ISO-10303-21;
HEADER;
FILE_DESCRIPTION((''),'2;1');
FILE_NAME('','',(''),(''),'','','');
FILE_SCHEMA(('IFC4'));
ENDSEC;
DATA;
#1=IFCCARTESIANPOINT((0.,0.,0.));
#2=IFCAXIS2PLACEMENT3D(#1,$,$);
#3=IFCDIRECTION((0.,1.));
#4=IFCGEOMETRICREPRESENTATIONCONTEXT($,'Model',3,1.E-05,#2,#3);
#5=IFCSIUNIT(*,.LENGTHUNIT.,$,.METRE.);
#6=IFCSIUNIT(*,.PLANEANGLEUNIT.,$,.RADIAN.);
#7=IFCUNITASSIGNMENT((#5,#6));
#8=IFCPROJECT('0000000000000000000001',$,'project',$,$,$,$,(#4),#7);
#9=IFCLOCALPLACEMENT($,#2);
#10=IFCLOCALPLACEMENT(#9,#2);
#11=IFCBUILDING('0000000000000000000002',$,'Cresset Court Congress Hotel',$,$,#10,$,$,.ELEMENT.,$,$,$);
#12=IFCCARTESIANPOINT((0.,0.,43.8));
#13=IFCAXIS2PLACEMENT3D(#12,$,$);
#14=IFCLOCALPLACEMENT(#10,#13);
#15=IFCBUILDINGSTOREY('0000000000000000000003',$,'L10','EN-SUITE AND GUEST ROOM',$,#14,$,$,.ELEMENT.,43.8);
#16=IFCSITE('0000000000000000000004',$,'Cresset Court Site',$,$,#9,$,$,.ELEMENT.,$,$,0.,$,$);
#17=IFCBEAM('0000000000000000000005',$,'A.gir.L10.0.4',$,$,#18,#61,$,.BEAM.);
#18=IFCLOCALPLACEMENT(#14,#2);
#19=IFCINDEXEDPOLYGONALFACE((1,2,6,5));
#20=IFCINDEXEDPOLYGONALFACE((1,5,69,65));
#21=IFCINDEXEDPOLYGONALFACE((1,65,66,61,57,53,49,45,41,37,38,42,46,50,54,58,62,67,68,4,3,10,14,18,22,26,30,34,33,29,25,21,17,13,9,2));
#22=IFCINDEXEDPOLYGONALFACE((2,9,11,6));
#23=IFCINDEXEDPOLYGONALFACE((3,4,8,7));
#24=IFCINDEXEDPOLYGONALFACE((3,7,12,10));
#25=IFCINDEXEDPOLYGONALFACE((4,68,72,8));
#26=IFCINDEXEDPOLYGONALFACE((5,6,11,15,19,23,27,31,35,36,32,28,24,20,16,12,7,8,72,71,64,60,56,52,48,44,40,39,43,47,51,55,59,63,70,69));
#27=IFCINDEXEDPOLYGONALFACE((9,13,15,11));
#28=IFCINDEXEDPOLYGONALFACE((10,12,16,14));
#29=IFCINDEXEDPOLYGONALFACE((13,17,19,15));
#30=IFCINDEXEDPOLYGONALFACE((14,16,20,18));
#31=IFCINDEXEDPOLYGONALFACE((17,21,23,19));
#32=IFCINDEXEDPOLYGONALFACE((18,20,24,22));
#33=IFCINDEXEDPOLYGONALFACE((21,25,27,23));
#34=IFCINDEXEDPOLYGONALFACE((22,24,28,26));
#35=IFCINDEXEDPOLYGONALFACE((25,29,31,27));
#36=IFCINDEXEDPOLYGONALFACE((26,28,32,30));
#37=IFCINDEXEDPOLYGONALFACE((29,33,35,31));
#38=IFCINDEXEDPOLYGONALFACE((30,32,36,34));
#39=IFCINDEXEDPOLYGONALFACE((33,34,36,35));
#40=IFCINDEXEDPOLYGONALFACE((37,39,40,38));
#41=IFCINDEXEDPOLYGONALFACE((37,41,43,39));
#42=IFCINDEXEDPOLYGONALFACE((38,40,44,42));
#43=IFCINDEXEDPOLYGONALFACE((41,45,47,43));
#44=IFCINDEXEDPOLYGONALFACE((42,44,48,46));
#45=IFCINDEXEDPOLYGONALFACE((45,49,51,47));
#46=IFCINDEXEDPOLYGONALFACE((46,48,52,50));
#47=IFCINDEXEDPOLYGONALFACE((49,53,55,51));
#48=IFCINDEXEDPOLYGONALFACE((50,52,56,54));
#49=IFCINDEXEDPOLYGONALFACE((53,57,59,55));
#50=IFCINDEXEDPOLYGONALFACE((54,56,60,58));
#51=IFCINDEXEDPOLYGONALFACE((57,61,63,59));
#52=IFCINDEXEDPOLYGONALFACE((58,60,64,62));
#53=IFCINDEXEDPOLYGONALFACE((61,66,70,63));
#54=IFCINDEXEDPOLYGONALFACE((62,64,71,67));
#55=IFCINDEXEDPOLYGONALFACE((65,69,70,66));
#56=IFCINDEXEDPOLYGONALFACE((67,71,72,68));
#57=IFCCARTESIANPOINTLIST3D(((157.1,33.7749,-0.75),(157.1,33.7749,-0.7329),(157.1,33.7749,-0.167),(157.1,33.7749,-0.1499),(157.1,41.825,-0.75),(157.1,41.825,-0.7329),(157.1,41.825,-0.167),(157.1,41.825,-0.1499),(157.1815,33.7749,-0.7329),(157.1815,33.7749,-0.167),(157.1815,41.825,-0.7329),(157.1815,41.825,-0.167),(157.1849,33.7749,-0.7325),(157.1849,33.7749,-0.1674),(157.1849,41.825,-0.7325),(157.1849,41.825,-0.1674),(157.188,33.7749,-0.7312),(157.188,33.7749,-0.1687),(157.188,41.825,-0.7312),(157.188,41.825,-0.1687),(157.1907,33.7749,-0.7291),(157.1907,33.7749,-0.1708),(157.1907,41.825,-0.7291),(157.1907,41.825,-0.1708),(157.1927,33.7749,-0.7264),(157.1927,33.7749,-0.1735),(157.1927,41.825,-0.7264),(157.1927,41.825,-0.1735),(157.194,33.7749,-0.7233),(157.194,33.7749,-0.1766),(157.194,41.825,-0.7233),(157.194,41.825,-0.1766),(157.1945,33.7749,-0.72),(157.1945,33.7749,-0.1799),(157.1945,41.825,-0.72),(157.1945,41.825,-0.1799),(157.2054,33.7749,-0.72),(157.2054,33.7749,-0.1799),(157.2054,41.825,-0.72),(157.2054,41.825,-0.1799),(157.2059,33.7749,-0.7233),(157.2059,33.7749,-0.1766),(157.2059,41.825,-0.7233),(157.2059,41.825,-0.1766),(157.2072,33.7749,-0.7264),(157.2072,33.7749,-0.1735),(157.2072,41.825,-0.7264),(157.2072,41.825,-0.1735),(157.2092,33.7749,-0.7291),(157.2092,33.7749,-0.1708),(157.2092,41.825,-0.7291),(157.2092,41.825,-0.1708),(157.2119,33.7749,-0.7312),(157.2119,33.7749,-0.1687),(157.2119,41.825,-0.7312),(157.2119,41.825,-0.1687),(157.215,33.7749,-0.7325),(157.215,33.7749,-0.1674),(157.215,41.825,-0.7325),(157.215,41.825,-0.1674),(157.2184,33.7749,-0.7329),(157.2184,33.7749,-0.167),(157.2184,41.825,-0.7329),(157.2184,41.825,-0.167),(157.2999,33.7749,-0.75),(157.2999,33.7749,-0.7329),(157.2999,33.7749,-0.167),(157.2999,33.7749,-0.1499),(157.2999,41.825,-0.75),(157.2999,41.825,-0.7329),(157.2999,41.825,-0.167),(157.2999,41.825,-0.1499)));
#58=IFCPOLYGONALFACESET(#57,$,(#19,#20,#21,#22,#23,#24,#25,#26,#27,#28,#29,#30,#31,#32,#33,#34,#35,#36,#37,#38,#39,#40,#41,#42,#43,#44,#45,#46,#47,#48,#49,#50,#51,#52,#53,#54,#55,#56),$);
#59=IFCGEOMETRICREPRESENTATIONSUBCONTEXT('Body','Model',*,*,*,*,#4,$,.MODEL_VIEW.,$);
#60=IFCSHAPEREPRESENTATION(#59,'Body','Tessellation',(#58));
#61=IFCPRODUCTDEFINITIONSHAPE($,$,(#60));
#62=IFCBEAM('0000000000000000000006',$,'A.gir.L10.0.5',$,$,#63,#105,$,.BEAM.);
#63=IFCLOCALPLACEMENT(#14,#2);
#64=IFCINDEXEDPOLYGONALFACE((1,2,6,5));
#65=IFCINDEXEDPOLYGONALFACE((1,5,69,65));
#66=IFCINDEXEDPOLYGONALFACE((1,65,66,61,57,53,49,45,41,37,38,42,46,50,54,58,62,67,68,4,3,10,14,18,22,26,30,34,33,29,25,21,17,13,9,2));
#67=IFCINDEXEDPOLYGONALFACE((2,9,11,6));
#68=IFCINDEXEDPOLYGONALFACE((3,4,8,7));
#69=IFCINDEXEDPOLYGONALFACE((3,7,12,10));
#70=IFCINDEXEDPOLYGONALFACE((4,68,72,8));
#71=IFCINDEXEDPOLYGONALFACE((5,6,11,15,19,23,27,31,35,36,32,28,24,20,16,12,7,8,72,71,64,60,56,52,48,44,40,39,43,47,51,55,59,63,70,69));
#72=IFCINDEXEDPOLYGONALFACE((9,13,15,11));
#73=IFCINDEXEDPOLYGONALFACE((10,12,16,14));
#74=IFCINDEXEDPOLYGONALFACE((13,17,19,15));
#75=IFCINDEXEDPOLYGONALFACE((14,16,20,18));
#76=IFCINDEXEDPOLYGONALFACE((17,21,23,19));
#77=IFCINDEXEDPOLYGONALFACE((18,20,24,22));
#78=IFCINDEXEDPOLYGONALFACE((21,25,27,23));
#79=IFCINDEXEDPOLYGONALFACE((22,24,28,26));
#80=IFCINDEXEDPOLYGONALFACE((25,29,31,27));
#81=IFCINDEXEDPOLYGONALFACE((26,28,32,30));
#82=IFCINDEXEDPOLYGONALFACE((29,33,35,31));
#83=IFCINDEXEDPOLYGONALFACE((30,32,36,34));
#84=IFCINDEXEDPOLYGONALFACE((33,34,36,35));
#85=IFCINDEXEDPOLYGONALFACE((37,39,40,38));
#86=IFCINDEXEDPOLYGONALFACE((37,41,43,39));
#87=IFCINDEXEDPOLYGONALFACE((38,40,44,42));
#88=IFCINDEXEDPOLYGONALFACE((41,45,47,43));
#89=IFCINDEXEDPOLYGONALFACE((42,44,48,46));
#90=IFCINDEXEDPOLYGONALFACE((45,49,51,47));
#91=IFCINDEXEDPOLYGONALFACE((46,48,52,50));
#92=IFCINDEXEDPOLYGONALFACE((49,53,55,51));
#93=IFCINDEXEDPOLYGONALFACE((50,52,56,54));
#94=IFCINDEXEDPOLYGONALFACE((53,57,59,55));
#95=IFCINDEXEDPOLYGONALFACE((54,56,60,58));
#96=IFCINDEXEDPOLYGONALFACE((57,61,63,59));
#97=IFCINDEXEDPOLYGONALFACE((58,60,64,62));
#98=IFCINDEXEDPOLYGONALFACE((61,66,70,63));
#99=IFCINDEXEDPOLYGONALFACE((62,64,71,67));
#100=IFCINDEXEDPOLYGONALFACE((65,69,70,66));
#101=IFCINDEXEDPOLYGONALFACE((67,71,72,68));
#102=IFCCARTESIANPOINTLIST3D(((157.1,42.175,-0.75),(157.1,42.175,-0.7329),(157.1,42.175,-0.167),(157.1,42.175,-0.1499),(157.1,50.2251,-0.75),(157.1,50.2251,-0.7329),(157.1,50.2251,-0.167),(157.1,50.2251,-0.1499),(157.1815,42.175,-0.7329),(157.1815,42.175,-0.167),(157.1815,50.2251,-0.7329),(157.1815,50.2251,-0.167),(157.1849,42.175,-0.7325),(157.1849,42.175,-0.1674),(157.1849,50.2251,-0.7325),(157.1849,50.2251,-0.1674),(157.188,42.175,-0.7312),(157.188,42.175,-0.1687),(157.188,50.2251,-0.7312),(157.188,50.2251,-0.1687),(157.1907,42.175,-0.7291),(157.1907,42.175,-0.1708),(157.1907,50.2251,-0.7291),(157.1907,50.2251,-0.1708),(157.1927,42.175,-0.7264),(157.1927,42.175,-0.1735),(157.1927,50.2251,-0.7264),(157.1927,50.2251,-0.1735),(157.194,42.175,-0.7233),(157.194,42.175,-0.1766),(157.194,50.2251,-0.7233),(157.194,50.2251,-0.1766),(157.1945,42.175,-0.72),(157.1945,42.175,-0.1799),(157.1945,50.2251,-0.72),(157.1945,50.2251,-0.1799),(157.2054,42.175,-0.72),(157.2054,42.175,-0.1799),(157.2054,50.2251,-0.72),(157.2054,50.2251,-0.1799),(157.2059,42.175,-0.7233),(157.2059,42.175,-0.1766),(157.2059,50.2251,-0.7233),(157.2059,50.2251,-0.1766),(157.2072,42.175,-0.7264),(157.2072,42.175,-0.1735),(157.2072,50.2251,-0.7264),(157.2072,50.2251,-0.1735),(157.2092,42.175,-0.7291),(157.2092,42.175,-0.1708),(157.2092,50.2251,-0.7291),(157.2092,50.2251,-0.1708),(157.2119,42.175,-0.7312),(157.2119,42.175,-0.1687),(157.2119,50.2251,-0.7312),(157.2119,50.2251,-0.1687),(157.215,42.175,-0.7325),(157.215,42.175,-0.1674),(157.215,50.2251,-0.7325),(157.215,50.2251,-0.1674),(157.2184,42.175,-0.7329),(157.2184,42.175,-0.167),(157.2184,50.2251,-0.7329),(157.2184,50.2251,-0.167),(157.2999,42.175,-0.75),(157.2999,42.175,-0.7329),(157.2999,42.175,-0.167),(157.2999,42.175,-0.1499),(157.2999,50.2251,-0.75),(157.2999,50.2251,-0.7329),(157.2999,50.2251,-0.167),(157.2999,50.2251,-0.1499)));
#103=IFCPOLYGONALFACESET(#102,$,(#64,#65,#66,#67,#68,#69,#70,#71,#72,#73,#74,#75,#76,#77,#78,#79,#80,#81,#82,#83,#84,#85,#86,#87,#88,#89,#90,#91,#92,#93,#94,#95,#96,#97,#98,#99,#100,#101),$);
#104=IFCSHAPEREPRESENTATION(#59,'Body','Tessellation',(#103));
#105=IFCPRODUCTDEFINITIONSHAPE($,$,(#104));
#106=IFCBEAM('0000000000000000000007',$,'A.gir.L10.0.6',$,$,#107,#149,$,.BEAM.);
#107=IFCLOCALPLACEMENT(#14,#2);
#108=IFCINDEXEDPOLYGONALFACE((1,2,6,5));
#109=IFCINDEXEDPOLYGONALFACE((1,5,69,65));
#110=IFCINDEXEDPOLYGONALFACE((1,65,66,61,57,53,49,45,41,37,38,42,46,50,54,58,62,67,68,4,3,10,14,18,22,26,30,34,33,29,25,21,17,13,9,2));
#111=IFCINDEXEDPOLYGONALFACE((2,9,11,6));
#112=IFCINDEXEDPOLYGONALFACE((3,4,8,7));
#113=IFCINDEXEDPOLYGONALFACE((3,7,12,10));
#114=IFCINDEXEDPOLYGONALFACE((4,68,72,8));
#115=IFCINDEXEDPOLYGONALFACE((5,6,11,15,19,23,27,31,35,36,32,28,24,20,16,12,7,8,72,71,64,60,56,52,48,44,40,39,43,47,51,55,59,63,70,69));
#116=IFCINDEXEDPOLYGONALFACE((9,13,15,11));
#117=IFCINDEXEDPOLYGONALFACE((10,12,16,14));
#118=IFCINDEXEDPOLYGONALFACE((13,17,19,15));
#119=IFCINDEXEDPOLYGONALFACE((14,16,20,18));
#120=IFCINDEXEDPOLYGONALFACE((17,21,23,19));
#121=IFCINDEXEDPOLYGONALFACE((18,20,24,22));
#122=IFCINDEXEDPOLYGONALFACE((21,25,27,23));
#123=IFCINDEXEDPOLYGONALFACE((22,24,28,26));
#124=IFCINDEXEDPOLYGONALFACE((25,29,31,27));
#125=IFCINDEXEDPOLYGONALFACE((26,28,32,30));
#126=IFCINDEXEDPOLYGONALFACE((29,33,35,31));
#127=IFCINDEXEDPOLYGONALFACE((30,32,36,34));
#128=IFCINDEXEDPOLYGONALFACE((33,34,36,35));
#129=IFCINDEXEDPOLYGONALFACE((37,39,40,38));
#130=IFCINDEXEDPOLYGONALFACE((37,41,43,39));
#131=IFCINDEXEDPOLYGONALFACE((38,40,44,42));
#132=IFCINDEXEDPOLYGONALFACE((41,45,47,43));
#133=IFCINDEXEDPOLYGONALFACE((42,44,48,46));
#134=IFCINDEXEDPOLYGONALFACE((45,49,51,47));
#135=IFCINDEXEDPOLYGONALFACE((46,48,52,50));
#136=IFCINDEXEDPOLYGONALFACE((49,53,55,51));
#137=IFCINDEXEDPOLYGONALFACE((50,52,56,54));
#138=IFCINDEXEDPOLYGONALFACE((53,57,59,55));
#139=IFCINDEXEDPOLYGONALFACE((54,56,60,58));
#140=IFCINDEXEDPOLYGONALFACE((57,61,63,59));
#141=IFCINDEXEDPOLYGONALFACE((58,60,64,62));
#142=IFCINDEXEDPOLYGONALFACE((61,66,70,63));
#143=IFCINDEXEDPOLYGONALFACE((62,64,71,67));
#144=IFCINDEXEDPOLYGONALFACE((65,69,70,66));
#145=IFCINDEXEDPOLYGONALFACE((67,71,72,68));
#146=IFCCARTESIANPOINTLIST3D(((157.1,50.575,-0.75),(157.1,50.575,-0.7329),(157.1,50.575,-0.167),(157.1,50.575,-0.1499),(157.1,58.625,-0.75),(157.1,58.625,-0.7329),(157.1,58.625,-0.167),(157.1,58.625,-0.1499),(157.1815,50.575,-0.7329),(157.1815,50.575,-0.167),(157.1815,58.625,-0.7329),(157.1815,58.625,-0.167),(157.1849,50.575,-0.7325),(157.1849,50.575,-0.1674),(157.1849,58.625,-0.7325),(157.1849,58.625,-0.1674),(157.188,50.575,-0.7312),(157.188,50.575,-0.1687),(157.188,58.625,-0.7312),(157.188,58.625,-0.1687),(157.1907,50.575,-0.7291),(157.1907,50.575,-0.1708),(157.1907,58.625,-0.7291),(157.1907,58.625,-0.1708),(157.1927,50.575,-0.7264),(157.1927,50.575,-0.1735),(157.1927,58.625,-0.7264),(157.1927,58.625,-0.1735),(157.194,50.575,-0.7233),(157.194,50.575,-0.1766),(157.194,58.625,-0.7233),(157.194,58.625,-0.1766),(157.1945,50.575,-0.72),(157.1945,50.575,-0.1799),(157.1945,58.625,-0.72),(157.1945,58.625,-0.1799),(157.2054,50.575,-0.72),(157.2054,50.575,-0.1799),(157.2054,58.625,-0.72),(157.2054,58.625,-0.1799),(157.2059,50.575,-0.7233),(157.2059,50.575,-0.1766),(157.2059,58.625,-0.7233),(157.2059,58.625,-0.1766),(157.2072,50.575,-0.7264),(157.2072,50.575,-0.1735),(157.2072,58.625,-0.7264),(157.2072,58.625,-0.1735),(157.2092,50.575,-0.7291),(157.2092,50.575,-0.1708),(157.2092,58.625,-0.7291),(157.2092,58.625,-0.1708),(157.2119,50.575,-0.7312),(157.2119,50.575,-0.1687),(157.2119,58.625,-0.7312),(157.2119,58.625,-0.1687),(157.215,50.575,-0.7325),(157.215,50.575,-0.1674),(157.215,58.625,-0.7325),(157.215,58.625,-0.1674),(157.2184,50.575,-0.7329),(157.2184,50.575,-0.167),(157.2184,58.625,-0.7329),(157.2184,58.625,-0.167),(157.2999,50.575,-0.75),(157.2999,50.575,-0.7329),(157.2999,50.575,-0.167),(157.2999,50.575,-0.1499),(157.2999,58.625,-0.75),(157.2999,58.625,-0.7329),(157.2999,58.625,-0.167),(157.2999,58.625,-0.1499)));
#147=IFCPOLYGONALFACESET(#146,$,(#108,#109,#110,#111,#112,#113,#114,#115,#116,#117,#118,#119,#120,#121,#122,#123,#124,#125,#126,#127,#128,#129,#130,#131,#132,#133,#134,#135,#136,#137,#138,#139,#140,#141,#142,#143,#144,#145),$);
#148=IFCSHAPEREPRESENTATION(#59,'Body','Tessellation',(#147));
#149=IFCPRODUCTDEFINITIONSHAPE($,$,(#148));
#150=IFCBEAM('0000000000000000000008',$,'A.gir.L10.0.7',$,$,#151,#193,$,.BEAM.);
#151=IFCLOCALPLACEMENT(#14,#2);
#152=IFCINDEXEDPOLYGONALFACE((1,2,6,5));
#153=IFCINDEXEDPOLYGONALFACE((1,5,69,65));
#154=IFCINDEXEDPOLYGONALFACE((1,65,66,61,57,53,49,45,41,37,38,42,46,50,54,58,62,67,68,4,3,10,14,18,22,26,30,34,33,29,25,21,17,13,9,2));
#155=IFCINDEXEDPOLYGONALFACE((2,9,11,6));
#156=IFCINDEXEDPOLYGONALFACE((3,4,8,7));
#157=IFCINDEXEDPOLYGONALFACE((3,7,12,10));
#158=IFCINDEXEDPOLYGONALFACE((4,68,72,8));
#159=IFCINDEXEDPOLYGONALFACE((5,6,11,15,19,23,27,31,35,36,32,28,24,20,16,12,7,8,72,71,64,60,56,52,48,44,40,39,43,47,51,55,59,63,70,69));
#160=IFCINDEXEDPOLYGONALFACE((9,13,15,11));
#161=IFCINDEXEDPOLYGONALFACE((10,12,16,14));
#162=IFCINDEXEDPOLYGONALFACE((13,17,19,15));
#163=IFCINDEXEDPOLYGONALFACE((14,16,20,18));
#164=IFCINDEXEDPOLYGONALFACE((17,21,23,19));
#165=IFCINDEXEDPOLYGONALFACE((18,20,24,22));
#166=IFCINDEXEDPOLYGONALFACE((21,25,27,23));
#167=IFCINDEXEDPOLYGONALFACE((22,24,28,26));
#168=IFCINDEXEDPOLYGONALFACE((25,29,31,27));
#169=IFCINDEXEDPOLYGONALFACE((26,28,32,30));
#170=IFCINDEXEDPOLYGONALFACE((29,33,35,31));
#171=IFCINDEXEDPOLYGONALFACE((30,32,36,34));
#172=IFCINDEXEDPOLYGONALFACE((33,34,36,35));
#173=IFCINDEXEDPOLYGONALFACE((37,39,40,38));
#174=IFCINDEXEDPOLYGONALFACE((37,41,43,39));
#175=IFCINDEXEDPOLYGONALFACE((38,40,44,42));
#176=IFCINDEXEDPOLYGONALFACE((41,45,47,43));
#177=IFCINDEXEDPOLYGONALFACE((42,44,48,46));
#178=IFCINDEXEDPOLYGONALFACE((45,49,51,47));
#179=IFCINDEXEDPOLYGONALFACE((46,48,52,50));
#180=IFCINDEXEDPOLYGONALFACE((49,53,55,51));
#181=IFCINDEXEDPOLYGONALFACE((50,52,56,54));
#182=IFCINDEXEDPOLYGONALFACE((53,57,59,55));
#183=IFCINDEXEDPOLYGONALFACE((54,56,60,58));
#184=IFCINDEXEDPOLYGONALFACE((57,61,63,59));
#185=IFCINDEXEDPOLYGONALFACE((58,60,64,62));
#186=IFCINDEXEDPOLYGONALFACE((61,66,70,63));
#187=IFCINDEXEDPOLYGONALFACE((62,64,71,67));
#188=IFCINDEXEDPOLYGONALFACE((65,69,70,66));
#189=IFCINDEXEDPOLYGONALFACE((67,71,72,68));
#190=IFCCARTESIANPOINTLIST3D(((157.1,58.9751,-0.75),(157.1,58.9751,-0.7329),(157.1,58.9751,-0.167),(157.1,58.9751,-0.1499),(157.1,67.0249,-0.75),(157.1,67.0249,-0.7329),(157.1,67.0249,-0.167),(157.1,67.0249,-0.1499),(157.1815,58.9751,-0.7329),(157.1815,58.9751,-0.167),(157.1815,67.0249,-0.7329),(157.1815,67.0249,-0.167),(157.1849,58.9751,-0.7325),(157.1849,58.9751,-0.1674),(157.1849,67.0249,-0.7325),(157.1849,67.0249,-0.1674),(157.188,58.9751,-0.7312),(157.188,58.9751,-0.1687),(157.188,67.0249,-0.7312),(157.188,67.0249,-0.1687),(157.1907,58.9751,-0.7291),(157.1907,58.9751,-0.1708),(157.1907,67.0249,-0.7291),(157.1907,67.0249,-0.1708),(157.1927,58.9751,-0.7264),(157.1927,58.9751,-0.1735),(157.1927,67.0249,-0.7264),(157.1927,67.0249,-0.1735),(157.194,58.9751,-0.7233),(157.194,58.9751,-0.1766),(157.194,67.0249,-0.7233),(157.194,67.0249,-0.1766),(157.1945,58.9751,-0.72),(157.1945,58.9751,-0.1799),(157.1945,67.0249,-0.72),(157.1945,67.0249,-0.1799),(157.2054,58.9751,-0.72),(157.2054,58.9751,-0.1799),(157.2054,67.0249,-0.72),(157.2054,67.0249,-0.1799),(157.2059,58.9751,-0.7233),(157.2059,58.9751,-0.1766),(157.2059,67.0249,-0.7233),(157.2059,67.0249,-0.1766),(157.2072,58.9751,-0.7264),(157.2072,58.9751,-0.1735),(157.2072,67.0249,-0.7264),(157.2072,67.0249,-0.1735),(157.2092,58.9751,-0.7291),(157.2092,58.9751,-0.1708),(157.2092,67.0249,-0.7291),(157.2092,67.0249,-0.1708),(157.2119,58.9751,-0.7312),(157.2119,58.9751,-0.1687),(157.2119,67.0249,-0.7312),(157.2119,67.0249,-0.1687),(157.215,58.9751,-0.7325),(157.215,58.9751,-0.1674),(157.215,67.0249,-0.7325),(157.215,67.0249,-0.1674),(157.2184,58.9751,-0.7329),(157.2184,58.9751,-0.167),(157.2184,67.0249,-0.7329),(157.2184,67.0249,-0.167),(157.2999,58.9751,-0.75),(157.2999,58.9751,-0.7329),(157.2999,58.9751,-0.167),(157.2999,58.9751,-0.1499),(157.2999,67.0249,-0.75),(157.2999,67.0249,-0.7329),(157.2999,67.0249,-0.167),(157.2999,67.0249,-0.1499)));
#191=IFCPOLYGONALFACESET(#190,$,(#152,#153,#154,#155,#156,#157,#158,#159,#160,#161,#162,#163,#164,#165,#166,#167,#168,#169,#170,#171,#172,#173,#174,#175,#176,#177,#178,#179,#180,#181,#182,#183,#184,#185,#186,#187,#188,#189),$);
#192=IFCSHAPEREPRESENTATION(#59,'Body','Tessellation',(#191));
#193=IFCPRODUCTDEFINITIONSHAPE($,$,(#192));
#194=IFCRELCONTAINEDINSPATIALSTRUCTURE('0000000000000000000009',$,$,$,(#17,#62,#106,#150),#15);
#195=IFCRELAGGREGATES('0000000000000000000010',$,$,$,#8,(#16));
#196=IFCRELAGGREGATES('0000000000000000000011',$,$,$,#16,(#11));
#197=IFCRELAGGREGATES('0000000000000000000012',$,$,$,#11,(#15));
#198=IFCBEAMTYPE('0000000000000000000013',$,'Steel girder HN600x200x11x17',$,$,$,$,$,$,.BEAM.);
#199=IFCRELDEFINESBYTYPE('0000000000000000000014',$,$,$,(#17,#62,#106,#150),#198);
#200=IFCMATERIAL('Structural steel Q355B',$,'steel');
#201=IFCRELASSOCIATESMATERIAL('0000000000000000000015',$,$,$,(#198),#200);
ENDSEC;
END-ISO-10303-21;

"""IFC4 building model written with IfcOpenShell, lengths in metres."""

from ifc_helpers import new_model, si_unit, direction, frame, origin, origin_2d, place, context, subcontext, project, spatial, i_section, extrude, material, material_profile, profile_set, type_object, element, save


model = new_model("IFC4")

# Units and contexts
model_context = context("Model", 3, precision=1e-05, world=origin(), true_north=direction((0.0, 1.0)))
body_context = subcontext(model_context, "Body", "Model", "MODEL_VIEW")
ifc_project = project(units=[si_unit("LENGTHUNIT", "METRE"), si_unit("PLANEANGLEUNIT", "RADIAN")], contexts=[model_context])

# Site, building, storey
site_placement = place(None, origin())
site = spatial("IfcSite", under=ifc_project, at=site_placement, Name="Cresset Court Site", CompositionType="ELEMENT", RefElevation=0.0)
building_placement = place(site_placement, origin())
building = spatial("IfcBuilding", under=site, at=building_placement, Name="Cresset Court Congress Hotel", CompositionType="ELEMENT")
storey_placement = place(building_placement, frame((0.0, 0.0, 43.8)))
storey = spatial("IfcBuildingStorey", under=building, at=storey_placement, Name="L10", Description="EN-SUITE AND GUEST ROOM", CompositionType="ELEMENT", Elevation=43.8)

# Beams
ifc_material_1 = material(Name="Structural steel Q355B", Category="steel")
ifc_material_profile_1 = material_profile(ifc_material_1, i_section(OverallWidth=0.2, OverallDepth=0.6001, WebThickness=0.011, FlangeThickness=0.0171, FilletRadius=0.0129, at=origin_2d()), Name="HN600x200x11x17")
ifc_profile_set_1 = profile_set([ifc_material_profile_1], Name="Structural steel Q355B")
beam_type_1 = type_object("IfcBeamType", Name="Steel girder HN600x200x11x17", PredefinedType="BEAM", material=ifc_profile_set_1)
for number, where, z_axis, x_axis, name in (
    (1, (157.2, 33.7749, -0.45), (0.0, 1.0, 0.0), (-1.0, 0.0, 0.0), "A.gir.L10.0.4"),
    (2, (157.2, 42.175, -0.45), (0.0, 1.0, 0.0), (-1.0, 0.0, 0.0), "A.gir.L10.0.5"),
    (3, (157.2, 50.575, -0.45), (0.0, 1.0, 0.0), (-1.0, 0.0, 0.0), "A.gir.L10.0.6"),
):
    element("IfcBeam", number, at=place(storey_placement, frame(where, z_axis=z_axis, x_axis=x_axis)), inside=storey, type_object=beam_type_1, Name=name, PredefinedType="BEAM", context=body_context, shape_type="SweptSolid", body=[
        extrude(i_section(OverallWidth=0.2, OverallDepth=0.6001, WebThickness=0.011, FlangeThickness=0.0171, FilletRadius=0.0129, at=origin_2d()), origin(), (0.0, 0.0, 1.0), 8.05),
    ])
beam_1_placement = place(storey_placement, frame((157.2, 58.9751, -0.45), z_axis=(0.0, 1.0, 0.0), x_axis=(-1.0, 0.0, 0.0)))
element("IfcBeam", 4, at=beam_1_placement, inside=storey, type_object=beam_type_1, Name="A.gir.L10.0.7", PredefinedType="BEAM", context=body_context, shape_type="SweptSolid", body=[
    extrude(i_section(OverallWidth=0.2, OverallDepth=0.6001, WebThickness=0.011, FlangeThickness=0.0171, FilletRadius=0.0129, at=origin_2d()), origin(), (0.0, 0.0, 1.0), 8.0498),
])

save(model, "model.ifc")
